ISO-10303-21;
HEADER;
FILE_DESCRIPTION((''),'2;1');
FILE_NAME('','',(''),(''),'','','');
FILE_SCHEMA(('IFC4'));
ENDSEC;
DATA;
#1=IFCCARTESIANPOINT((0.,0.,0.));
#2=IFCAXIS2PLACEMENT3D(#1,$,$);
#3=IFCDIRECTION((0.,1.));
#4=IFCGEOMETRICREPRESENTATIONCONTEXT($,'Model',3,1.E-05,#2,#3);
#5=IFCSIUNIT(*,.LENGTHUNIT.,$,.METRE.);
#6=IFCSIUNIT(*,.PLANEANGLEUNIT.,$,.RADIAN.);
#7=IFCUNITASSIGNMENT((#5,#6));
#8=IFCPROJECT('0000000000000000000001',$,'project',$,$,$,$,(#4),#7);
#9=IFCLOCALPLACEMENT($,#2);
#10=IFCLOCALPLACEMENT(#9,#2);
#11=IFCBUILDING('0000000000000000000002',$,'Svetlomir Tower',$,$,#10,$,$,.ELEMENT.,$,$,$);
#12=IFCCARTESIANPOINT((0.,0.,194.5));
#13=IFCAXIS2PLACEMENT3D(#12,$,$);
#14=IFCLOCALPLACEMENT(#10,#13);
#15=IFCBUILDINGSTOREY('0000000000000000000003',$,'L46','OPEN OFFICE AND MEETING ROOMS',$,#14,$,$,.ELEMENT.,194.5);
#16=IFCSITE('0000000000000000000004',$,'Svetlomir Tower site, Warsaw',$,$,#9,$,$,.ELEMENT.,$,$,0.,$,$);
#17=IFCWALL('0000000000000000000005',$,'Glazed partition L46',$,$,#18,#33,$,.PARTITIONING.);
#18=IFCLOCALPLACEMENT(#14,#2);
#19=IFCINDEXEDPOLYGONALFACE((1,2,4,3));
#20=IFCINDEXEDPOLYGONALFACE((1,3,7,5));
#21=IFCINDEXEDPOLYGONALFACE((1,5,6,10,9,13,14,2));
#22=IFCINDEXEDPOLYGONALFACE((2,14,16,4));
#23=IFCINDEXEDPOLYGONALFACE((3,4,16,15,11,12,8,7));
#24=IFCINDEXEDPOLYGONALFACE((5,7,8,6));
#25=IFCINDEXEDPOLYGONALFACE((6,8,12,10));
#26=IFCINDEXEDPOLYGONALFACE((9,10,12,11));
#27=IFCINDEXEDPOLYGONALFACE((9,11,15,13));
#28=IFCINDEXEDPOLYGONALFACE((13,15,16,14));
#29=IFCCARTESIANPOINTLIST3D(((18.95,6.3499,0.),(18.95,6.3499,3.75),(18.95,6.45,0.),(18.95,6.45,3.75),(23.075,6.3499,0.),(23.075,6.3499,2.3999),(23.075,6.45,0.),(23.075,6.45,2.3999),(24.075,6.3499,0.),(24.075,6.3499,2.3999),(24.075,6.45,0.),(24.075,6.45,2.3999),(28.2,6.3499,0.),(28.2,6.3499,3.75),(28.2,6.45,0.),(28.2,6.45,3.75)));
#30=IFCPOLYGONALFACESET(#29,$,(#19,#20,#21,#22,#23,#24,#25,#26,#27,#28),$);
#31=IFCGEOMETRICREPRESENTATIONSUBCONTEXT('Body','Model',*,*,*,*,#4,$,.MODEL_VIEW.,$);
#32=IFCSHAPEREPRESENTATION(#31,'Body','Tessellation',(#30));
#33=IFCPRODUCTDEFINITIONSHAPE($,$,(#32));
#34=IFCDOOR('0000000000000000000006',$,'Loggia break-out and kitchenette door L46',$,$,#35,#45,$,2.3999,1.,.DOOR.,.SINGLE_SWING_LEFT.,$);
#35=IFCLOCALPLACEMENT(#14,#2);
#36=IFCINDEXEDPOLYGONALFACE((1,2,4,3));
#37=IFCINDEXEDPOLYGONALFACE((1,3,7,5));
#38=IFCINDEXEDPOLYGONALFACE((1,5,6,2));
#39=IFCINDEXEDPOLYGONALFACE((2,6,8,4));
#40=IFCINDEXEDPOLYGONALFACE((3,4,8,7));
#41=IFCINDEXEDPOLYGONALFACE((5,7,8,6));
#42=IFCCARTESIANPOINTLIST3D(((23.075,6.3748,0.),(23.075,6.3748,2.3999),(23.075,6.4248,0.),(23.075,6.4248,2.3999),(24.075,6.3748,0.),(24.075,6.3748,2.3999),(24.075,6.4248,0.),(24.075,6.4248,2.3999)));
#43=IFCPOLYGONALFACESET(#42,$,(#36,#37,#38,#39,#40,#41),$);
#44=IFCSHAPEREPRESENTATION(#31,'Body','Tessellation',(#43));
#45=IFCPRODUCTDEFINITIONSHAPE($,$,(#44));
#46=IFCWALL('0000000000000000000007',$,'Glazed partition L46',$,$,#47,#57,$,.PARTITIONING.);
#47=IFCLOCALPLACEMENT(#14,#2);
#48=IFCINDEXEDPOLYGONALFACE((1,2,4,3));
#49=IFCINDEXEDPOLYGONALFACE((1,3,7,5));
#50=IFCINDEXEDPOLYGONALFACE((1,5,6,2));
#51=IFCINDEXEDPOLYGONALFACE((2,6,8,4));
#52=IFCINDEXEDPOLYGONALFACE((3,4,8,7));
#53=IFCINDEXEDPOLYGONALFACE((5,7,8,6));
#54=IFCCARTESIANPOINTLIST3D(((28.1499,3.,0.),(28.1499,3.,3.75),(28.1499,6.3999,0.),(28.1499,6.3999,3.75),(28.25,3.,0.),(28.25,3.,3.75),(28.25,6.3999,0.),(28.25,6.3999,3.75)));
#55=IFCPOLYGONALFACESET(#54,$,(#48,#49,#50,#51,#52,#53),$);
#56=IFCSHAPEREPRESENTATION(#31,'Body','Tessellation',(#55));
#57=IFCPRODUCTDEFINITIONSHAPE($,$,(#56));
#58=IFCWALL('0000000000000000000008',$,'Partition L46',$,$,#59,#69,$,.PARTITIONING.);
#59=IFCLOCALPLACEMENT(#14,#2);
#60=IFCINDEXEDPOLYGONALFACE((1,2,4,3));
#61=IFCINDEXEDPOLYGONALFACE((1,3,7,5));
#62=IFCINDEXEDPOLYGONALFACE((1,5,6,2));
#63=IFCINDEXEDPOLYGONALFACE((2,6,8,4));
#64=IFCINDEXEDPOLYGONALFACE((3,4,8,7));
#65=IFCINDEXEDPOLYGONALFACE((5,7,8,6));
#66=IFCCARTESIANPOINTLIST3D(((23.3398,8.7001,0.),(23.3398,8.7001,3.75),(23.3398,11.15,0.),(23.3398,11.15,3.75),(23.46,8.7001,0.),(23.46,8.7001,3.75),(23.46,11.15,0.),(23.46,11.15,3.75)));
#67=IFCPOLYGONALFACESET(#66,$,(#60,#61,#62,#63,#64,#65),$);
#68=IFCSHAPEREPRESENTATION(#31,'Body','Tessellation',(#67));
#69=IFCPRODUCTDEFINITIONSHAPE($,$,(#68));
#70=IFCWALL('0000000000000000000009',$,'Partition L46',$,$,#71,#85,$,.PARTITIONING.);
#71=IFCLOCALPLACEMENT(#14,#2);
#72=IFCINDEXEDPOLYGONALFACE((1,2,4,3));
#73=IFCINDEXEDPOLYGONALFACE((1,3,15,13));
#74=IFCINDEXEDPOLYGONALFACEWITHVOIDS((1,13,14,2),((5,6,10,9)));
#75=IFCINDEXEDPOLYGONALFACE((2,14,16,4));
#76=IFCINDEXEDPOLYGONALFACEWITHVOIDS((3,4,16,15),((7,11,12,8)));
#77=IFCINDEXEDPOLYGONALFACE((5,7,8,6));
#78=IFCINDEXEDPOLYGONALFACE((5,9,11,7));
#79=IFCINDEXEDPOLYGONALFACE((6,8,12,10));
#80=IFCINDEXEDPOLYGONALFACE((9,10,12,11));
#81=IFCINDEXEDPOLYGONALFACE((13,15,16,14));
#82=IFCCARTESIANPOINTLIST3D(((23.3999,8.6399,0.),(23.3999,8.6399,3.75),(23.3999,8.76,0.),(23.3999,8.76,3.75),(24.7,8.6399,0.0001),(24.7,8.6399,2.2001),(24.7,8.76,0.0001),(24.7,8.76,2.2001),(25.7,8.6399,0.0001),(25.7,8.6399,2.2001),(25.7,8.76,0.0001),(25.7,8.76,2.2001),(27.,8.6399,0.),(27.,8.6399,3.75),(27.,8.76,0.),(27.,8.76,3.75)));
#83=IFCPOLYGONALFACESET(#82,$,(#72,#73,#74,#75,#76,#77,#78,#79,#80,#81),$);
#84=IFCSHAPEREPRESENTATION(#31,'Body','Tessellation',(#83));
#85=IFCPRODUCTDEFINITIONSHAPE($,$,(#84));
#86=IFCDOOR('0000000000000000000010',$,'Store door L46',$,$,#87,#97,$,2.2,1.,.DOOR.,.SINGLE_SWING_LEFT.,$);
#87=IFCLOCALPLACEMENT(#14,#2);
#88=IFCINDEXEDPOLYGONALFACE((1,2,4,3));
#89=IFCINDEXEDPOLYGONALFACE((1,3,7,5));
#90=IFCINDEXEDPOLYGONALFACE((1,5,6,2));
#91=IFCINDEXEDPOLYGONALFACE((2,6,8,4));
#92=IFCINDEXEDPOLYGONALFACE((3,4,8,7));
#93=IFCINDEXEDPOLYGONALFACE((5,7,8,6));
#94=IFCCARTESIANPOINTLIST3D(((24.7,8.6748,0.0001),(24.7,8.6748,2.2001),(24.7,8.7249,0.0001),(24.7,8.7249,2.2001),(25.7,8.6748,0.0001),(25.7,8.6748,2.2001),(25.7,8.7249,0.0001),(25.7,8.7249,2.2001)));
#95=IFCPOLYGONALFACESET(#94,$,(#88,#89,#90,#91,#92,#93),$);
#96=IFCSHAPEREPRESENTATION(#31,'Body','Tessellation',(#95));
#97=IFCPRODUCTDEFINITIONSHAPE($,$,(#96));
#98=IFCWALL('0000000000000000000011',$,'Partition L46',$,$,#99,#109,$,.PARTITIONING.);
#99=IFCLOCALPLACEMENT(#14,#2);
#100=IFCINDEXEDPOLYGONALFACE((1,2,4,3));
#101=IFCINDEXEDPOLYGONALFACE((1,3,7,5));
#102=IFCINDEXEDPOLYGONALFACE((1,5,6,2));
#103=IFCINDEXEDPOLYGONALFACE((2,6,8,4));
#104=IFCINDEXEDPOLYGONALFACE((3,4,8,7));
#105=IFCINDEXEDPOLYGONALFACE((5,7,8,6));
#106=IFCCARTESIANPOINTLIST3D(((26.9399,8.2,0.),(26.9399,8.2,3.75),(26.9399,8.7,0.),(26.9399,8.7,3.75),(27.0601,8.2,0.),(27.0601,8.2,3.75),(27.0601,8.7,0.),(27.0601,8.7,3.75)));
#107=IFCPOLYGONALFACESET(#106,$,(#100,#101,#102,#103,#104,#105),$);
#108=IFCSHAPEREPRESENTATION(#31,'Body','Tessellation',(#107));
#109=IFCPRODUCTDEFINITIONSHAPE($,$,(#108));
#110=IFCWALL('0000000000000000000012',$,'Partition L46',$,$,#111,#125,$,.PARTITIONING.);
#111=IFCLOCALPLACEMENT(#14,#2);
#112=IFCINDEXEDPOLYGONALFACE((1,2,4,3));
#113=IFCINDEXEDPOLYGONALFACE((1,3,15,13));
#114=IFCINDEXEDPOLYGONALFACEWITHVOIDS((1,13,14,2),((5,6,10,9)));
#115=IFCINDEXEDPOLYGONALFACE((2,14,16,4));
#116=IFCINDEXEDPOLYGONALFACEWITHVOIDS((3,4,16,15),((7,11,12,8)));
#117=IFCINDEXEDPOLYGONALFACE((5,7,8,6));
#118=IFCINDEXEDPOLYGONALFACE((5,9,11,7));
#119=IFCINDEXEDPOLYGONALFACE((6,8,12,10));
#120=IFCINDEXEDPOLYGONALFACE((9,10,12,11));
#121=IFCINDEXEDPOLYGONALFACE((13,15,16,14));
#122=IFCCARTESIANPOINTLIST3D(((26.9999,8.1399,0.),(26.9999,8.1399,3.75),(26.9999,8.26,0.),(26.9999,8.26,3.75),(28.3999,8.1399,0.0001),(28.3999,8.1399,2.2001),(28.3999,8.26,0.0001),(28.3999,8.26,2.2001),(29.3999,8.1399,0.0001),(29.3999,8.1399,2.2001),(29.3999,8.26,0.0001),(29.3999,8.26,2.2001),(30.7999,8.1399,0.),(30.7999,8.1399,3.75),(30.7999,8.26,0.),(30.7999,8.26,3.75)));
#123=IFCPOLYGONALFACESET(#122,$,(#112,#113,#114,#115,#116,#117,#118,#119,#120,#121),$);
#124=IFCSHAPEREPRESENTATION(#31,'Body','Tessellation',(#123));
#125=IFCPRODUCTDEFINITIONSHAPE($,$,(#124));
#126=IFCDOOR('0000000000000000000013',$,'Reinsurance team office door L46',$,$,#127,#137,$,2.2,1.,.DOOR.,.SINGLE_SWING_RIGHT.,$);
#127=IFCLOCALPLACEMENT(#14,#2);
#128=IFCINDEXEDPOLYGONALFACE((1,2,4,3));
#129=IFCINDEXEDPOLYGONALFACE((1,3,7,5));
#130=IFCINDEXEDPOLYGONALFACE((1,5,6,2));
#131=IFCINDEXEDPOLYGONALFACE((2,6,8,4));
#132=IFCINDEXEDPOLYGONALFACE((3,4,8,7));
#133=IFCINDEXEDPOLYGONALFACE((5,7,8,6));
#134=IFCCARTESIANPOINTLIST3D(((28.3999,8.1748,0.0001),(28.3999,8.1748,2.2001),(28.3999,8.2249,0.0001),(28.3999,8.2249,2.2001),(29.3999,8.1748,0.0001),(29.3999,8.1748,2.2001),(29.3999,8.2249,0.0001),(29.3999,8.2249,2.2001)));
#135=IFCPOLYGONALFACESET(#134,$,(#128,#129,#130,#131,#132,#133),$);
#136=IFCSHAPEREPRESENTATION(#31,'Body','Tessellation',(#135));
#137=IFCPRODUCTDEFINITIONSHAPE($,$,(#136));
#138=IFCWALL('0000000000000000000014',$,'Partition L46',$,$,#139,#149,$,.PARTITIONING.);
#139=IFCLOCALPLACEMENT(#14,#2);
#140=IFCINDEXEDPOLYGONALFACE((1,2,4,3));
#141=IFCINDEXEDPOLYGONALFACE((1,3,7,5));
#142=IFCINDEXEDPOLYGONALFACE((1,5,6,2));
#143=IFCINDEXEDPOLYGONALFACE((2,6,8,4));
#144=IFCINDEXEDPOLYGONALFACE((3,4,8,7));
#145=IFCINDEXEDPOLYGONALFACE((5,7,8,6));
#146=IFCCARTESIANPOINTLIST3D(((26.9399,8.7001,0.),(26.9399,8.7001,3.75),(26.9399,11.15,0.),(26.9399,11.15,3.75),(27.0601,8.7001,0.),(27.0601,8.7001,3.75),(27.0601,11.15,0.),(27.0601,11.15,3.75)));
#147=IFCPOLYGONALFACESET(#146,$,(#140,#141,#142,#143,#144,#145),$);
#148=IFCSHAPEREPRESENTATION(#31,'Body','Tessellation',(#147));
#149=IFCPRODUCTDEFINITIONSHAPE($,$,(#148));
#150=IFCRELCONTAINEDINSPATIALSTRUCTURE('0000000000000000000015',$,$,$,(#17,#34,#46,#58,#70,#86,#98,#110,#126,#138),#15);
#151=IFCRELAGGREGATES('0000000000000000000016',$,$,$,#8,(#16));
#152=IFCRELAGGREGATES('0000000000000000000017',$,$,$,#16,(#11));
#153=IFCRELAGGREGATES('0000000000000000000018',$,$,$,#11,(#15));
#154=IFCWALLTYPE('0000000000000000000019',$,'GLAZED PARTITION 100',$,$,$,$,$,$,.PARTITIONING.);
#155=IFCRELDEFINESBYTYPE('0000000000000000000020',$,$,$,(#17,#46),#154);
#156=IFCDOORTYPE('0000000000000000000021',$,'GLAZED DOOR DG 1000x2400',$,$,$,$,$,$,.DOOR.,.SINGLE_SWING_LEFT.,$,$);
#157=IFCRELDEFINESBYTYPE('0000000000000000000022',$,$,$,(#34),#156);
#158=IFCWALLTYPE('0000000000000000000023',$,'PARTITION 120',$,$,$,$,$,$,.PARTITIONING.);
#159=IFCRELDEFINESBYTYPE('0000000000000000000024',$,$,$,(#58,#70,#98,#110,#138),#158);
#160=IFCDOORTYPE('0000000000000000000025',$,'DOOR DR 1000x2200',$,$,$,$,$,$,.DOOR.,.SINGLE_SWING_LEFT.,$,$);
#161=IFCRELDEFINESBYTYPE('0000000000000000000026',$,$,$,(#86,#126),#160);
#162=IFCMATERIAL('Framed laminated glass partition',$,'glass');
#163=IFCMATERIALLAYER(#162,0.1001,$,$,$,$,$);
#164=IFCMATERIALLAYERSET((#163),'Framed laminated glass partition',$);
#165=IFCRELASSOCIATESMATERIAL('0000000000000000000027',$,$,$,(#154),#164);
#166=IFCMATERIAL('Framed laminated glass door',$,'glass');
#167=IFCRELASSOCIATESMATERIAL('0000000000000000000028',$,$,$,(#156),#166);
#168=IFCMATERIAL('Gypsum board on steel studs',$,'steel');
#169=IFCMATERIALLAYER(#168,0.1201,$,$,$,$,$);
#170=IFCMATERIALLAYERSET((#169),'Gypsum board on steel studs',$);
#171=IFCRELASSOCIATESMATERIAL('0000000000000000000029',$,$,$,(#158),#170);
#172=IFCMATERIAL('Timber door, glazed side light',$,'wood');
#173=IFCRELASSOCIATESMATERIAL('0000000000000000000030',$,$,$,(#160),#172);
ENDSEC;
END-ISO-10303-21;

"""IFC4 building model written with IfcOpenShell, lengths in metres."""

from ifc_helpers import new_model, si_unit, direction, frame, frame_2d, origin, place, context, subcontext, project, spatial, rectangle, extrude, material, layer, layer_set, type_object, element, fill, save


model = new_model("IFC4")

# Units and contexts
model_context = context("Model", 3, precision=1e-05, world=origin(), true_north=direction((0.0, 1.0)))
body_context = subcontext(model_context, "Body", "Model", "MODEL_VIEW")
ifc_project = project(units=[si_unit("LENGTHUNIT", "METRE"), si_unit("PLANEANGLEUNIT", "RADIAN")], contexts=[model_context])

# Site, building, storey
site_placement = place(None, origin())
site = spatial("IfcSite", under=ifc_project, at=site_placement, Name="Svetlomir Tower site, Warsaw", CompositionType="ELEMENT", RefElevation=0.0)
building_placement = place(site_placement, origin())
building = spatial("IfcBuilding", under=site, at=building_placement, Name="Svetlomir Tower", CompositionType="ELEMENT")
storey_placement = place(building_placement, frame((0.0, 0.0, 194.5)))
storey = spatial("IfcBuildingStorey", under=building, at=storey_placement, Name="L46", Description="OPEN OFFICE AND MEETING ROOMS", CompositionType="ELEMENT", Elevation=194.5)

# Shared definitions
ifc_material_1 = material(Name="Framed laminated glass partition", Category="glass")
ifc_layer_1 = layer(ifc_material_1, 0.1001)
ifc_layer_set_1 = layer_set([ifc_layer_1], Name="Framed laminated glass partition")
wall_type_1 = type_object("IfcWallType", Name="GLAZED PARTITION 100", PredefinedType="PARTITIONING", material=ifc_layer_set_1)

# Wall, opening, door
wall_1_placement = place(storey_placement, frame((18.95, 6.3999, 0.0), z_axis=(0.0, 0.0, 1.0), x_axis=(1.0, 0.0, 0.0)))
wall_1 = element("IfcWall", 1, at=wall_1_placement, inside=storey, type_object=wall_type_1, Name="Glazed partition L46", PredefinedType="PARTITIONING", context=body_context, shape_type="SweptSolid", body=[
    extrude(rectangle(XDim=9.25, YDim=0.1001, at=frame_2d((4.625, 0.0))), origin(), (0.0, 0.0, 1.0), 3.75),
])
opening_1_placement = place(wall_1_placement, frame((4.125, 0.0, 0.0)))
opening_1 = element("IfcOpeningElement", 2, at=opening_1_placement, cuts=wall_1, PredefinedType="OPENING", context=body_context, shape_type="SweptSolid", body=[
    extrude(rectangle(XDim=1.0, YDim=2.3999, at=frame_2d((0.5, 1.2))), frame((0.0, 0.0601, 0.0), z_axis=(0.0, -1.0, 0.0), x_axis=(1.0, 0.0, 0.0)), (0.0, 0.0, 1.0), 0.1201),
])
ifc_material_2 = material(Name="Framed laminated glass door", Category="glass")
door_type_1 = type_object("IfcDoorType", Name="GLAZED DOOR DG 1000x2400", OperationType="SINGLE_SWING_LEFT", PredefinedType="DOOR", material=ifc_material_2)
door_1_placement = place(opening_1_placement, origin())
door_1 = element("IfcDoor", 3, at=door_1_placement, inside=storey, type_object=door_type_1, Name="Loggia break-out and kitchenette door L46", OperationType="SINGLE_SWING_LEFT", OverallHeight=2.3999, OverallWidth=1.0, PredefinedType="DOOR", context=body_context, shape_type="SweptSolid", body=[
    extrude(rectangle(XDim=1.0, YDim=2.3999, at=frame_2d((0.5, 1.2))), frame((0.0, 0.0249, 0.0), z_axis=(0.0, -1.0, 0.0), x_axis=(1.0, 0.0, 0.0)), (0.0, 0.0, 1.0), 0.05),
])
fill(opening_1, door_1)

# Walls
wall_2_placement = place(storey_placement, frame((28.2, 3.0, 0.0), z_axis=(0.0, 0.0, 1.0), x_axis=(0.0, 1.0, 0.0)))
element("IfcWall", 4, at=wall_2_placement, inside=storey, type_object=wall_type_1, Name="Glazed partition L46", PredefinedType="PARTITIONING", context=body_context, shape_type="SweptSolid", body=[
    extrude(rectangle(XDim=3.3999, YDim=0.1001, at=frame_2d((1.7, 0.0))), origin(), (0.0, 0.0, 1.0), 3.75),
])
ifc_material_3 = material(Name="Gypsum board on steel studs", Category="steel")
ifc_layer_2 = layer(ifc_material_3, 0.1201)
ifc_layer_set_2 = layer_set([ifc_layer_2], Name="Gypsum board on steel studs")
wall_type_2 = type_object("IfcWallType", Name="PARTITION 120", PredefinedType="PARTITIONING", material=ifc_layer_set_2)
wall_3_placement = place(storey_placement, frame((23.3999, 8.7, 0.0), z_axis=(0.0, 0.0, 1.0), x_axis=(0.0, 1.0, 0.0)))
element("IfcWall", 5, at=wall_3_placement, inside=storey, type_object=wall_type_2, Name="Partition L46", PredefinedType="PARTITIONING", context=body_context, shape_type="SweptSolid", body=[
    extrude(rectangle(XDim=2.45, YDim=0.1201, at=frame_2d((1.2251, 0.0))), origin(), (0.0, 0.0, 1.0), 3.75),
])

# Wall, opening, door
wall_4_placement = place(storey_placement, frame((23.3999, 8.7, 0.0), z_axis=(0.0, 0.0, 1.0), x_axis=(1.0, 0.0, 0.0)))
wall_4 = element("IfcWall", 6, at=wall_4_placement, inside=storey, type_object=wall_type_2, Name="Partition L46", PredefinedType="PARTITIONING", context=body_context, shape_type="SweptSolid", body=[
    extrude(rectangle(XDim=3.6001, YDim=0.1201, at=frame_2d((1.8, 0.0))), origin(), (0.0, 0.0, 1.0), 3.75),
])
opening_2_placement = place(wall_4_placement, frame((1.3, 0.0, 0.0)))
opening_2 = element("IfcOpeningElement", 7, at=opening_2_placement, cuts=wall_4, PredefinedType="OPENING", context=body_context, shape_type="SweptSolid", body=[
    extrude(rectangle(XDim=1.0, YDim=2.2, at=frame_2d((0.5, 1.1001))), frame((0.0, 0.0701, 0.0), z_axis=(0.0, -1.0, 0.0), x_axis=(1.0, 0.0, 0.0)), (0.0, 0.0, 1.0), 0.1401),
])
ifc_material_4 = material(Name="Timber door, glazed side light", Category="wood")
door_type_2 = type_object("IfcDoorType", Name="DOOR DR 1000x2200", OperationType="SINGLE_SWING_LEFT", PredefinedType="DOOR", material=ifc_material_4)
door_2_placement = place(opening_2_placement, origin())
door_2 = element("IfcDoor", 8, at=door_2_placement, inside=storey, type_object=door_type_2, Name="Store door L46", OperationType="SINGLE_SWING_LEFT", OverallHeight=2.2, OverallWidth=1.0, PredefinedType="DOOR", context=body_context, shape_type="SweptSolid", body=[
    extrude(rectangle(XDim=1.0, YDim=2.2, at=frame_2d((0.5, 1.1001))), frame((0.0, 0.0249, 0.0), z_axis=(0.0, -1.0, 0.0), x_axis=(1.0, 0.0, 0.0)), (0.0, 0.0, 1.0), 0.05),
])
fill(opening_2, door_2)

# Wall
wall_5_placement = place(storey_placement, frame((27.0, 8.2, 0.0), z_axis=(0.0, 0.0, 1.0), x_axis=(0.0, 1.0, 0.0)))
element("IfcWall", 9, at=wall_5_placement, inside=storey, type_object=wall_type_2, Name="Partition L46", PredefinedType="PARTITIONING", context=body_context, shape_type="SweptSolid", body=[
    extrude(rectangle(XDim=0.5, YDim=0.1201, at=frame_2d((0.25, 0.0))), origin(), (0.0, 0.0, 1.0), 3.75),
])

# Wall, opening, door
wall_6_placement = place(storey_placement, frame((27.0, 8.2, 0.0), z_axis=(0.0, 0.0, 1.0), x_axis=(1.0, 0.0, 0.0)))
wall_6 = element("IfcWall", 10, at=wall_6_placement, inside=storey, type_object=wall_type_2, Name="Partition L46", PredefinedType="PARTITIONING", context=body_context, shape_type="SweptSolid", body=[
    extrude(rectangle(XDim=3.8, YDim=0.1201, at=frame_2d((1.8999, 0.0))), origin(), (0.0, 0.0, 1.0), 3.75),
])
opening_3_placement = place(wall_6_placement, frame((1.3999, 0.0, 0.0)))
opening_3 = element("IfcOpeningElement", 11, at=opening_3_placement, cuts=wall_6, PredefinedType="OPENING", context=body_context, shape_type="SweptSolid", body=[
    extrude(rectangle(XDim=1.0, YDim=2.2, at=frame_2d((0.5, 1.1001))), frame((0.0, 0.0701, 0.0), z_axis=(0.0, -1.0, 0.0), x_axis=(1.0, 0.0, 0.0)), (0.0, 0.0, 1.0), 0.1401),
])
door_3_placement = place(opening_3_placement, origin())
door_3 = element("IfcDoor", 12, at=door_3_placement, inside=storey, type_object=door_type_2, Name="Reinsurance team office door L46", OperationType="SINGLE_SWING_RIGHT", OverallHeight=2.2, OverallWidth=1.0, PredefinedType="DOOR", context=body_context, shape_type="SweptSolid", body=[
    extrude(rectangle(XDim=1.0, YDim=2.2, at=frame_2d((0.5, 1.1001))), frame((0.0, 0.0249, 0.0), z_axis=(0.0, -1.0, 0.0), x_axis=(1.0, 0.0, 0.0)), (0.0, 0.0, 1.0), 0.05),
])
fill(opening_3, door_3)

# Wall
wall_7_placement = place(storey_placement, frame((27.0, 8.7, 0.0), z_axis=(0.0, 0.0, 1.0), x_axis=(0.0, 1.0, 0.0)))
element("IfcWall", 13, at=wall_7_placement, inside=storey, type_object=wall_type_2, Name="Partition L46", PredefinedType="PARTITIONING", context=body_context, shape_type="SweptSolid", body=[
    extrude(rectangle(XDim=2.45, YDim=0.1201, at=frame_2d((1.2251, 0.0))), origin(), (0.0, 0.0, 1.0), 3.75),
])

save(model, "model.ifc")
